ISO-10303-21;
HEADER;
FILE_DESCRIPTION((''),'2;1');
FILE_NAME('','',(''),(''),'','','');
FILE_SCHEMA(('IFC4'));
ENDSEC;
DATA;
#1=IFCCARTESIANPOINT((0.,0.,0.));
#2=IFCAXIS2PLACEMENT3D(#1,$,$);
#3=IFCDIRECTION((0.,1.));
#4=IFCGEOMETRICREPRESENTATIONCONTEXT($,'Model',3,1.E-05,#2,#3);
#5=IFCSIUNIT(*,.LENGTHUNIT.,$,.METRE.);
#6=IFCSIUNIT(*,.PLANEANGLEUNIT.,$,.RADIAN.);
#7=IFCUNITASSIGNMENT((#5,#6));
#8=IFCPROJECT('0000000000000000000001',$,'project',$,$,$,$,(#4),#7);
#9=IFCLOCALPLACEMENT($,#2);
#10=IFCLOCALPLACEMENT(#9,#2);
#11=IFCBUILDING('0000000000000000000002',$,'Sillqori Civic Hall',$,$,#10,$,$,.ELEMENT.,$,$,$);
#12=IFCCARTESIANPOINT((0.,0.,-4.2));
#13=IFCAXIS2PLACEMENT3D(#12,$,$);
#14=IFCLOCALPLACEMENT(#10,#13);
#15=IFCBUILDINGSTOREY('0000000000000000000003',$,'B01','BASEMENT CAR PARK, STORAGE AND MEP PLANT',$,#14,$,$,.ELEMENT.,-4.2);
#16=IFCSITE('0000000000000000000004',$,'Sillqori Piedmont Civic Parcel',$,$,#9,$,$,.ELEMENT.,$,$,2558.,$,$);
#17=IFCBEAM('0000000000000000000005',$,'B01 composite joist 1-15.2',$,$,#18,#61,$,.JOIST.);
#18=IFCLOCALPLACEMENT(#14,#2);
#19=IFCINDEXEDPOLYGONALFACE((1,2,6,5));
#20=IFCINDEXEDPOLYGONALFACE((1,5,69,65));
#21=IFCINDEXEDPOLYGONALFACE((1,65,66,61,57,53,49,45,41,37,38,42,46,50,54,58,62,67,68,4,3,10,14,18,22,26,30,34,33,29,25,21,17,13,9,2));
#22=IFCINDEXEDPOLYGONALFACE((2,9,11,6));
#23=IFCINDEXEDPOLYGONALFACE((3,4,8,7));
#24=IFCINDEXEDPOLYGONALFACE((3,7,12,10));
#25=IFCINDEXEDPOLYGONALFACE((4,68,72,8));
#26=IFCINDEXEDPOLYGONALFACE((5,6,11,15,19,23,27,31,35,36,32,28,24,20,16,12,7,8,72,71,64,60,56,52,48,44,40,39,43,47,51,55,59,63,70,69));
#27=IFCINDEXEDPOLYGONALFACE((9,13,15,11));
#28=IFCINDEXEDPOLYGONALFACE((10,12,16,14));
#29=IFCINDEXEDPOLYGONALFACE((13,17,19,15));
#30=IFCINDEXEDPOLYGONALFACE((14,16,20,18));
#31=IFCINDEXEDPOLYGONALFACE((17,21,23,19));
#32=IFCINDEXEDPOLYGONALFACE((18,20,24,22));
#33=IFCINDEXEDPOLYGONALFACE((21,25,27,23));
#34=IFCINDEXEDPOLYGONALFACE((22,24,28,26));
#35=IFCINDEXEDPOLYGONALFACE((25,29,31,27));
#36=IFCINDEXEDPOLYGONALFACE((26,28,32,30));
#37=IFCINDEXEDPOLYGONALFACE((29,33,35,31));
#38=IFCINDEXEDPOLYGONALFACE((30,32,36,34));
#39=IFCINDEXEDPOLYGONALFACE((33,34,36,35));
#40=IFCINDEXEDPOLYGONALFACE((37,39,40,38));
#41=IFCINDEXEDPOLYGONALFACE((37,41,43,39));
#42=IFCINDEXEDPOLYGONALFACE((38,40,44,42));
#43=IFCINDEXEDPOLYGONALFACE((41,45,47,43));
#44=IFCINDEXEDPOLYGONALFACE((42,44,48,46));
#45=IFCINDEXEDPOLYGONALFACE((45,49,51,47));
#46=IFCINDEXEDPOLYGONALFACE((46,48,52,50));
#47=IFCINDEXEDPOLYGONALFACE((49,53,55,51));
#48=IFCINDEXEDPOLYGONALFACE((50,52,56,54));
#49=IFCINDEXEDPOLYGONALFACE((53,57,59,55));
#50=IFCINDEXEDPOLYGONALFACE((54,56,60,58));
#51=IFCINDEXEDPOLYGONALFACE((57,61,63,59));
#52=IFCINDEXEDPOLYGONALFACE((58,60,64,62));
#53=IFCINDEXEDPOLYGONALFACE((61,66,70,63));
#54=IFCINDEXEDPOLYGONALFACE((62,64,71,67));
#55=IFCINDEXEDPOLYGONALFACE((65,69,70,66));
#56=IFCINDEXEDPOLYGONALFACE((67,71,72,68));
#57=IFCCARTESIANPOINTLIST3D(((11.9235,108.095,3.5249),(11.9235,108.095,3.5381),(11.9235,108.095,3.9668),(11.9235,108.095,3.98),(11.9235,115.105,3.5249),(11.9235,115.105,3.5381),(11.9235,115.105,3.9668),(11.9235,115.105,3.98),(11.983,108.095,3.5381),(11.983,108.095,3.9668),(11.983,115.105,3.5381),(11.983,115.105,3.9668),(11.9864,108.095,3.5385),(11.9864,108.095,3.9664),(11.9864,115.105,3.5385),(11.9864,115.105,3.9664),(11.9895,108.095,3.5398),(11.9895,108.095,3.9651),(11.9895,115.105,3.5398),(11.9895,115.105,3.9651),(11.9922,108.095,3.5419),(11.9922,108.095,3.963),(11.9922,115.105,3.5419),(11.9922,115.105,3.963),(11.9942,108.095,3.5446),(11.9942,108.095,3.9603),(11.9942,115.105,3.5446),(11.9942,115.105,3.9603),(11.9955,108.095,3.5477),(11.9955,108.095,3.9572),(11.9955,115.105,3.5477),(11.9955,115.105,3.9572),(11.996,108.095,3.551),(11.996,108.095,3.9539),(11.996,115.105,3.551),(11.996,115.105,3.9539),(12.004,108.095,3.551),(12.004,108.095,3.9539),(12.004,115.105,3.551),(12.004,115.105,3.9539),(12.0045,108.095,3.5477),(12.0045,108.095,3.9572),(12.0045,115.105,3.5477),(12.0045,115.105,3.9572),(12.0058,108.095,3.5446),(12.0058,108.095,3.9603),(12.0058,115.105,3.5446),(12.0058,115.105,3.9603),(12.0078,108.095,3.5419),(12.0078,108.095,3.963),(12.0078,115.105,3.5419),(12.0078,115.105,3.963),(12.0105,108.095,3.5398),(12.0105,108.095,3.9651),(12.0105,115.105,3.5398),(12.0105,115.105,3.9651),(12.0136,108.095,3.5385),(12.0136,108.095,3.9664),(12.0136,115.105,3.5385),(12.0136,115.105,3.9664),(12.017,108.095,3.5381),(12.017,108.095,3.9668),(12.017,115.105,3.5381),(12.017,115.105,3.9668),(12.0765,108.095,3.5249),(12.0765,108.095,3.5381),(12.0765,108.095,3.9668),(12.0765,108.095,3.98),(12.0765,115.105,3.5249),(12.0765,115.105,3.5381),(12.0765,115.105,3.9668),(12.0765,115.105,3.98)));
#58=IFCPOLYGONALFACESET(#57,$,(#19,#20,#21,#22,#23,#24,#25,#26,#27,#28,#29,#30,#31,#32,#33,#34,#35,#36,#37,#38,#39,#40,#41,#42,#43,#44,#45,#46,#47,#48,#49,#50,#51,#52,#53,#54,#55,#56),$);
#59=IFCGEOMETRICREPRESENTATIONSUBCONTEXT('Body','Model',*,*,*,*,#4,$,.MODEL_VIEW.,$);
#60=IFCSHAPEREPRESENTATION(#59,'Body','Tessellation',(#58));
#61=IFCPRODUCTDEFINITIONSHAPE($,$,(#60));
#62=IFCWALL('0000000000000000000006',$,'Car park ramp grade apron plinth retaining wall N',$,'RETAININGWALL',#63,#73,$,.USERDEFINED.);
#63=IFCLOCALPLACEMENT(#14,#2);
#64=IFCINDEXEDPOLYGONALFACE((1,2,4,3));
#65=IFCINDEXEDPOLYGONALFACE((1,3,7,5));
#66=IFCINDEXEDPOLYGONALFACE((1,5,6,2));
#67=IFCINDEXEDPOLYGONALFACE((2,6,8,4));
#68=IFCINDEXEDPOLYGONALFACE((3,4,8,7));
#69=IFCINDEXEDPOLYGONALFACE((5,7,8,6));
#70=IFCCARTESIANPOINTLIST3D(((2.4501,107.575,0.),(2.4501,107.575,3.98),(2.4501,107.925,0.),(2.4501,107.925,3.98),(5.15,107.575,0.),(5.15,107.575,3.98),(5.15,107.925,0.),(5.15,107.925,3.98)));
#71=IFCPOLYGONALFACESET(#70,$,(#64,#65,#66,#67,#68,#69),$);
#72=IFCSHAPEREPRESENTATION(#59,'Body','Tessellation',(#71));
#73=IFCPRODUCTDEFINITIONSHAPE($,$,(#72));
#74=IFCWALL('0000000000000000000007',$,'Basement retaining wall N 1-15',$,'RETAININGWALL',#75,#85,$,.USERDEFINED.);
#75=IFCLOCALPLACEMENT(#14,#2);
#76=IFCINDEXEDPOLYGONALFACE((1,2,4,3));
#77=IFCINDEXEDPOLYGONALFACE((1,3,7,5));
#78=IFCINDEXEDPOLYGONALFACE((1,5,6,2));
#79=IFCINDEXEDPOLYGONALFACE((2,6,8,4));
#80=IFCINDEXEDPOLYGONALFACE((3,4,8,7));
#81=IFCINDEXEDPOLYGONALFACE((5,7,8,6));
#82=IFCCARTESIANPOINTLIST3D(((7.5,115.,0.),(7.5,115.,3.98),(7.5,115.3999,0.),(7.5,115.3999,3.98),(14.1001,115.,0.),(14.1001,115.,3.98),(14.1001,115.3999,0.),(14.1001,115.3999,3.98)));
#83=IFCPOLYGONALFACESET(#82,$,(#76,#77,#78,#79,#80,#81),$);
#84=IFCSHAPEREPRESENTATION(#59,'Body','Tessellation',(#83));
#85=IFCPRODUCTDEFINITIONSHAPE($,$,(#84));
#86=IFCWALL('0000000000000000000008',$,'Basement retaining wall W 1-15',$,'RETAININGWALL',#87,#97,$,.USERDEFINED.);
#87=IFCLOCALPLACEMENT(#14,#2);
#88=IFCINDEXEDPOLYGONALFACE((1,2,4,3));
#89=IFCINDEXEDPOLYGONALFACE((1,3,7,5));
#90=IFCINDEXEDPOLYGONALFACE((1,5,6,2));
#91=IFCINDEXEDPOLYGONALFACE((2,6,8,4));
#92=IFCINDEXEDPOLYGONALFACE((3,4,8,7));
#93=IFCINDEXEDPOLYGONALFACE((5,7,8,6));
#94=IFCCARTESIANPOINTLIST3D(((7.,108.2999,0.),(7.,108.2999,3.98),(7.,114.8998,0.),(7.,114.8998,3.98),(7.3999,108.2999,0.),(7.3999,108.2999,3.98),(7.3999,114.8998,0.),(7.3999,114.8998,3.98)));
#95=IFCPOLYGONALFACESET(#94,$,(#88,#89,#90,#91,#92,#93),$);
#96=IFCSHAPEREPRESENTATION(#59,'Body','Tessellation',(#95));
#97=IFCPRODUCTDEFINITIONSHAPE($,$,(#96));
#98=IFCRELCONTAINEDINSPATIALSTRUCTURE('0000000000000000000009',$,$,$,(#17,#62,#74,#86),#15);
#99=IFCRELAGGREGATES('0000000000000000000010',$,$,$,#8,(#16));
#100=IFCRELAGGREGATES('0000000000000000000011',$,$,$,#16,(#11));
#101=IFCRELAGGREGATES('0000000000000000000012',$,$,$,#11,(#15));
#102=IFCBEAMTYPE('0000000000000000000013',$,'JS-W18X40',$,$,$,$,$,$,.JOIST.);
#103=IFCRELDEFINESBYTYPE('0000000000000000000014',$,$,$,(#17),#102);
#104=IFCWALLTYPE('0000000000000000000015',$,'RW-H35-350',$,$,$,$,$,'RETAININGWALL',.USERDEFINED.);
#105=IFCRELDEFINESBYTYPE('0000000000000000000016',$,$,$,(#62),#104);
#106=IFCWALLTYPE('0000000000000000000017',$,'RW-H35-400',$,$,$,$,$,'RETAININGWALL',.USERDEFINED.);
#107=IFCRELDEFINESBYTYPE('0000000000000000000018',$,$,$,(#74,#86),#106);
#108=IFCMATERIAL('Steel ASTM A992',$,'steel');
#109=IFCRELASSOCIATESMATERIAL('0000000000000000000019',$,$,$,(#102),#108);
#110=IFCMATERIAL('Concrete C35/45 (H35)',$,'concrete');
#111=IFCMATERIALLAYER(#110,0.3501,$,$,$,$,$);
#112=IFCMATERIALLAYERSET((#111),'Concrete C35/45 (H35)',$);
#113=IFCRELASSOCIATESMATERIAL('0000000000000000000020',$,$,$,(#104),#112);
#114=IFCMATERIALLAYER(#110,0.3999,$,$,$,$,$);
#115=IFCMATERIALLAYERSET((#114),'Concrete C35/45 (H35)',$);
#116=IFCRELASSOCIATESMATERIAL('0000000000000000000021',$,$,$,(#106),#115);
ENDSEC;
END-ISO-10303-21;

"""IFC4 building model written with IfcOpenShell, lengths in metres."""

from ifc_helpers import new_model, si_unit, direction, frame, frame_2d, origin, origin_2d, place, context, subcontext, project, spatial, rectangle, i_section, extrude, material, layer, layer_set, material_profile, profile_set, type_object, element, save


model = new_model("IFC4")

# Units and contexts
model_context = context("Model", 3, precision=1e-05, world=origin(), true_north=direction((0.0, 1.0)))
body_context = subcontext(model_context, "Body", "Model", "MODEL_VIEW")
ifc_project = project(units=[si_unit("LENGTHUNIT", "METRE"), si_unit("PLANEANGLEUNIT", "RADIAN")], contexts=[model_context])

# Site, building, storey
site_placement = place(None, origin())
site = spatial("IfcSite", under=ifc_project, at=site_placement, Name="Sillqori Piedmont Civic Parcel", CompositionType="ELEMENT", RefElevation=2558.0)
building_placement = place(site_placement, origin())
building = spatial("IfcBuilding", under=site, at=building_placement, Name="Sillqori Civic Hall", CompositionType="ELEMENT")
storey_placement = place(building_placement, frame((0.0, 0.0, -4.2)))
storey = spatial("IfcBuildingStorey", under=building, at=storey_placement, Name="B01", Description="BASEMENT CAR PARK, STORAGE AND MEP PLANT", CompositionType="ELEMENT", Elevation=-4.2)

# Shared definitions
ifc_material_1 = material(Name="Concrete C35/45 (H35)", Category="concrete")

# Shared definitions
ifc_material_2 = material(Name="Steel ASTM A992", Category="steel")

# Beam
ifc_material_profile_1 = material_profile(ifc_material_2, i_section(OverallWidth=0.1531, OverallDepth=0.4551, WebThickness=0.0081, FlangeThickness=0.0132, FilletRadius=0.0129, at=origin_2d()), Name="W18X40")
ifc_profile_set_1 = profile_set([ifc_material_profile_1], Name="Steel ASTM A992")
beam_type_1 = type_object("IfcBeamType", Name="JS-W18X40", PredefinedType="JOIST", material=ifc_profile_set_1)
for number, where, z_axis, x_axis, name in (
    (1, (12.0, 108.095, 3.7524), (0.0, 1.0, 0.0), (-1.0, 0.0, 0.0), "B01 composite joist 1-15.2"),
):
    element("IfcBeam", number, at=place(storey_placement, frame(where, z_axis=z_axis, x_axis=x_axis)), inside=storey, type_object=beam_type_1, Name=name, PredefinedType="JOIST", context=body_context, shape_type="SweptSolid", body=[
        extrude(i_section(OverallWidth=0.1531, OverallDepth=0.4551, WebThickness=0.0081, FlangeThickness=0.0132, FilletRadius=0.0129, at=origin_2d()), origin(), (0.0, 0.0, 1.0), 7.01),
    ])

# Walls
ifc_layer_1 = layer(ifc_material_1, 0.3501)
ifc_layer_set_1 = layer_set([ifc_layer_1], Name="Concrete C35/45 (H35)")
wall_type_1 = type_object("IfcWallType", Name="RW-H35-350", ElementType="RETAININGWALL", PredefinedType="USERDEFINED", material=ifc_layer_set_1)
wall_1_placement = place(storey_placement, frame((2.45, 107.75, 0.0), z_axis=(0.0, 0.0, 1.0), x_axis=(1.0, 0.0, 0.0)))
element("IfcWall", 2, at=wall_1_placement, inside=storey, type_object=wall_type_1, Name="Car park ramp grade apron plinth retaining wall N", ObjectType="RETAININGWALL", PredefinedType="USERDEFINED", context=body_context, shape_type="SweptSolid", body=[
    extrude(rectangle(XDim=2.7, YDim=0.3501, at=frame_2d((1.3501, 0.0))), origin(), (0.0, 0.0, 1.0), 3.98),
])
ifc_layer_2 = layer(ifc_material_1, 0.3999)
ifc_layer_set_2 = layer_set([ifc_layer_2], Name="Concrete C35/45 (H35)")
wall_type_2 = type_object("IfcWallType", Name="RW-H35-400", ElementType="RETAININGWALL", PredefinedType="USERDEFINED", material=ifc_layer_set_2)
wall_2_placement = place(storey_placement, frame((7.5, 115.2, 0.0), z_axis=(0.0, 0.0, 1.0), x_axis=(1.0, 0.0, 0.0)))
element("IfcWall", 3, at=wall_2_placement, inside=storey, type_object=wall_type_2, Name="Basement retaining wall N 1-15", ObjectType="RETAININGWALL", PredefinedType="USERDEFINED", context=body_context, shape_type="SweptSolid", body=[
    extrude(rectangle(XDim=6.6001, YDim=0.3999, at=frame_2d((3.3, 0.0))), origin(), (0.0, 0.0, 1.0), 3.98),
])
wall_3_placement = place(storey_placement, frame((7.2, 108.3, 0.0), z_axis=(0.0, 0.0, 1.0), x_axis=(0.0, 1.0, 0.0)))
element("IfcWall", 4, at=wall_3_placement, inside=storey, type_object=wall_type_2, Name="Basement retaining wall W 1-15", ObjectType="RETAININGWALL", PredefinedType="USERDEFINED", context=body_context, shape_type="SweptSolid", body=[
    extrude(rectangle(XDim=6.5999, YDim=0.3999, at=frame_2d((3.2998, 0.0))), origin(), (0.0, 0.0, 1.0), 3.98),
])

save(model, "model.ifc")
